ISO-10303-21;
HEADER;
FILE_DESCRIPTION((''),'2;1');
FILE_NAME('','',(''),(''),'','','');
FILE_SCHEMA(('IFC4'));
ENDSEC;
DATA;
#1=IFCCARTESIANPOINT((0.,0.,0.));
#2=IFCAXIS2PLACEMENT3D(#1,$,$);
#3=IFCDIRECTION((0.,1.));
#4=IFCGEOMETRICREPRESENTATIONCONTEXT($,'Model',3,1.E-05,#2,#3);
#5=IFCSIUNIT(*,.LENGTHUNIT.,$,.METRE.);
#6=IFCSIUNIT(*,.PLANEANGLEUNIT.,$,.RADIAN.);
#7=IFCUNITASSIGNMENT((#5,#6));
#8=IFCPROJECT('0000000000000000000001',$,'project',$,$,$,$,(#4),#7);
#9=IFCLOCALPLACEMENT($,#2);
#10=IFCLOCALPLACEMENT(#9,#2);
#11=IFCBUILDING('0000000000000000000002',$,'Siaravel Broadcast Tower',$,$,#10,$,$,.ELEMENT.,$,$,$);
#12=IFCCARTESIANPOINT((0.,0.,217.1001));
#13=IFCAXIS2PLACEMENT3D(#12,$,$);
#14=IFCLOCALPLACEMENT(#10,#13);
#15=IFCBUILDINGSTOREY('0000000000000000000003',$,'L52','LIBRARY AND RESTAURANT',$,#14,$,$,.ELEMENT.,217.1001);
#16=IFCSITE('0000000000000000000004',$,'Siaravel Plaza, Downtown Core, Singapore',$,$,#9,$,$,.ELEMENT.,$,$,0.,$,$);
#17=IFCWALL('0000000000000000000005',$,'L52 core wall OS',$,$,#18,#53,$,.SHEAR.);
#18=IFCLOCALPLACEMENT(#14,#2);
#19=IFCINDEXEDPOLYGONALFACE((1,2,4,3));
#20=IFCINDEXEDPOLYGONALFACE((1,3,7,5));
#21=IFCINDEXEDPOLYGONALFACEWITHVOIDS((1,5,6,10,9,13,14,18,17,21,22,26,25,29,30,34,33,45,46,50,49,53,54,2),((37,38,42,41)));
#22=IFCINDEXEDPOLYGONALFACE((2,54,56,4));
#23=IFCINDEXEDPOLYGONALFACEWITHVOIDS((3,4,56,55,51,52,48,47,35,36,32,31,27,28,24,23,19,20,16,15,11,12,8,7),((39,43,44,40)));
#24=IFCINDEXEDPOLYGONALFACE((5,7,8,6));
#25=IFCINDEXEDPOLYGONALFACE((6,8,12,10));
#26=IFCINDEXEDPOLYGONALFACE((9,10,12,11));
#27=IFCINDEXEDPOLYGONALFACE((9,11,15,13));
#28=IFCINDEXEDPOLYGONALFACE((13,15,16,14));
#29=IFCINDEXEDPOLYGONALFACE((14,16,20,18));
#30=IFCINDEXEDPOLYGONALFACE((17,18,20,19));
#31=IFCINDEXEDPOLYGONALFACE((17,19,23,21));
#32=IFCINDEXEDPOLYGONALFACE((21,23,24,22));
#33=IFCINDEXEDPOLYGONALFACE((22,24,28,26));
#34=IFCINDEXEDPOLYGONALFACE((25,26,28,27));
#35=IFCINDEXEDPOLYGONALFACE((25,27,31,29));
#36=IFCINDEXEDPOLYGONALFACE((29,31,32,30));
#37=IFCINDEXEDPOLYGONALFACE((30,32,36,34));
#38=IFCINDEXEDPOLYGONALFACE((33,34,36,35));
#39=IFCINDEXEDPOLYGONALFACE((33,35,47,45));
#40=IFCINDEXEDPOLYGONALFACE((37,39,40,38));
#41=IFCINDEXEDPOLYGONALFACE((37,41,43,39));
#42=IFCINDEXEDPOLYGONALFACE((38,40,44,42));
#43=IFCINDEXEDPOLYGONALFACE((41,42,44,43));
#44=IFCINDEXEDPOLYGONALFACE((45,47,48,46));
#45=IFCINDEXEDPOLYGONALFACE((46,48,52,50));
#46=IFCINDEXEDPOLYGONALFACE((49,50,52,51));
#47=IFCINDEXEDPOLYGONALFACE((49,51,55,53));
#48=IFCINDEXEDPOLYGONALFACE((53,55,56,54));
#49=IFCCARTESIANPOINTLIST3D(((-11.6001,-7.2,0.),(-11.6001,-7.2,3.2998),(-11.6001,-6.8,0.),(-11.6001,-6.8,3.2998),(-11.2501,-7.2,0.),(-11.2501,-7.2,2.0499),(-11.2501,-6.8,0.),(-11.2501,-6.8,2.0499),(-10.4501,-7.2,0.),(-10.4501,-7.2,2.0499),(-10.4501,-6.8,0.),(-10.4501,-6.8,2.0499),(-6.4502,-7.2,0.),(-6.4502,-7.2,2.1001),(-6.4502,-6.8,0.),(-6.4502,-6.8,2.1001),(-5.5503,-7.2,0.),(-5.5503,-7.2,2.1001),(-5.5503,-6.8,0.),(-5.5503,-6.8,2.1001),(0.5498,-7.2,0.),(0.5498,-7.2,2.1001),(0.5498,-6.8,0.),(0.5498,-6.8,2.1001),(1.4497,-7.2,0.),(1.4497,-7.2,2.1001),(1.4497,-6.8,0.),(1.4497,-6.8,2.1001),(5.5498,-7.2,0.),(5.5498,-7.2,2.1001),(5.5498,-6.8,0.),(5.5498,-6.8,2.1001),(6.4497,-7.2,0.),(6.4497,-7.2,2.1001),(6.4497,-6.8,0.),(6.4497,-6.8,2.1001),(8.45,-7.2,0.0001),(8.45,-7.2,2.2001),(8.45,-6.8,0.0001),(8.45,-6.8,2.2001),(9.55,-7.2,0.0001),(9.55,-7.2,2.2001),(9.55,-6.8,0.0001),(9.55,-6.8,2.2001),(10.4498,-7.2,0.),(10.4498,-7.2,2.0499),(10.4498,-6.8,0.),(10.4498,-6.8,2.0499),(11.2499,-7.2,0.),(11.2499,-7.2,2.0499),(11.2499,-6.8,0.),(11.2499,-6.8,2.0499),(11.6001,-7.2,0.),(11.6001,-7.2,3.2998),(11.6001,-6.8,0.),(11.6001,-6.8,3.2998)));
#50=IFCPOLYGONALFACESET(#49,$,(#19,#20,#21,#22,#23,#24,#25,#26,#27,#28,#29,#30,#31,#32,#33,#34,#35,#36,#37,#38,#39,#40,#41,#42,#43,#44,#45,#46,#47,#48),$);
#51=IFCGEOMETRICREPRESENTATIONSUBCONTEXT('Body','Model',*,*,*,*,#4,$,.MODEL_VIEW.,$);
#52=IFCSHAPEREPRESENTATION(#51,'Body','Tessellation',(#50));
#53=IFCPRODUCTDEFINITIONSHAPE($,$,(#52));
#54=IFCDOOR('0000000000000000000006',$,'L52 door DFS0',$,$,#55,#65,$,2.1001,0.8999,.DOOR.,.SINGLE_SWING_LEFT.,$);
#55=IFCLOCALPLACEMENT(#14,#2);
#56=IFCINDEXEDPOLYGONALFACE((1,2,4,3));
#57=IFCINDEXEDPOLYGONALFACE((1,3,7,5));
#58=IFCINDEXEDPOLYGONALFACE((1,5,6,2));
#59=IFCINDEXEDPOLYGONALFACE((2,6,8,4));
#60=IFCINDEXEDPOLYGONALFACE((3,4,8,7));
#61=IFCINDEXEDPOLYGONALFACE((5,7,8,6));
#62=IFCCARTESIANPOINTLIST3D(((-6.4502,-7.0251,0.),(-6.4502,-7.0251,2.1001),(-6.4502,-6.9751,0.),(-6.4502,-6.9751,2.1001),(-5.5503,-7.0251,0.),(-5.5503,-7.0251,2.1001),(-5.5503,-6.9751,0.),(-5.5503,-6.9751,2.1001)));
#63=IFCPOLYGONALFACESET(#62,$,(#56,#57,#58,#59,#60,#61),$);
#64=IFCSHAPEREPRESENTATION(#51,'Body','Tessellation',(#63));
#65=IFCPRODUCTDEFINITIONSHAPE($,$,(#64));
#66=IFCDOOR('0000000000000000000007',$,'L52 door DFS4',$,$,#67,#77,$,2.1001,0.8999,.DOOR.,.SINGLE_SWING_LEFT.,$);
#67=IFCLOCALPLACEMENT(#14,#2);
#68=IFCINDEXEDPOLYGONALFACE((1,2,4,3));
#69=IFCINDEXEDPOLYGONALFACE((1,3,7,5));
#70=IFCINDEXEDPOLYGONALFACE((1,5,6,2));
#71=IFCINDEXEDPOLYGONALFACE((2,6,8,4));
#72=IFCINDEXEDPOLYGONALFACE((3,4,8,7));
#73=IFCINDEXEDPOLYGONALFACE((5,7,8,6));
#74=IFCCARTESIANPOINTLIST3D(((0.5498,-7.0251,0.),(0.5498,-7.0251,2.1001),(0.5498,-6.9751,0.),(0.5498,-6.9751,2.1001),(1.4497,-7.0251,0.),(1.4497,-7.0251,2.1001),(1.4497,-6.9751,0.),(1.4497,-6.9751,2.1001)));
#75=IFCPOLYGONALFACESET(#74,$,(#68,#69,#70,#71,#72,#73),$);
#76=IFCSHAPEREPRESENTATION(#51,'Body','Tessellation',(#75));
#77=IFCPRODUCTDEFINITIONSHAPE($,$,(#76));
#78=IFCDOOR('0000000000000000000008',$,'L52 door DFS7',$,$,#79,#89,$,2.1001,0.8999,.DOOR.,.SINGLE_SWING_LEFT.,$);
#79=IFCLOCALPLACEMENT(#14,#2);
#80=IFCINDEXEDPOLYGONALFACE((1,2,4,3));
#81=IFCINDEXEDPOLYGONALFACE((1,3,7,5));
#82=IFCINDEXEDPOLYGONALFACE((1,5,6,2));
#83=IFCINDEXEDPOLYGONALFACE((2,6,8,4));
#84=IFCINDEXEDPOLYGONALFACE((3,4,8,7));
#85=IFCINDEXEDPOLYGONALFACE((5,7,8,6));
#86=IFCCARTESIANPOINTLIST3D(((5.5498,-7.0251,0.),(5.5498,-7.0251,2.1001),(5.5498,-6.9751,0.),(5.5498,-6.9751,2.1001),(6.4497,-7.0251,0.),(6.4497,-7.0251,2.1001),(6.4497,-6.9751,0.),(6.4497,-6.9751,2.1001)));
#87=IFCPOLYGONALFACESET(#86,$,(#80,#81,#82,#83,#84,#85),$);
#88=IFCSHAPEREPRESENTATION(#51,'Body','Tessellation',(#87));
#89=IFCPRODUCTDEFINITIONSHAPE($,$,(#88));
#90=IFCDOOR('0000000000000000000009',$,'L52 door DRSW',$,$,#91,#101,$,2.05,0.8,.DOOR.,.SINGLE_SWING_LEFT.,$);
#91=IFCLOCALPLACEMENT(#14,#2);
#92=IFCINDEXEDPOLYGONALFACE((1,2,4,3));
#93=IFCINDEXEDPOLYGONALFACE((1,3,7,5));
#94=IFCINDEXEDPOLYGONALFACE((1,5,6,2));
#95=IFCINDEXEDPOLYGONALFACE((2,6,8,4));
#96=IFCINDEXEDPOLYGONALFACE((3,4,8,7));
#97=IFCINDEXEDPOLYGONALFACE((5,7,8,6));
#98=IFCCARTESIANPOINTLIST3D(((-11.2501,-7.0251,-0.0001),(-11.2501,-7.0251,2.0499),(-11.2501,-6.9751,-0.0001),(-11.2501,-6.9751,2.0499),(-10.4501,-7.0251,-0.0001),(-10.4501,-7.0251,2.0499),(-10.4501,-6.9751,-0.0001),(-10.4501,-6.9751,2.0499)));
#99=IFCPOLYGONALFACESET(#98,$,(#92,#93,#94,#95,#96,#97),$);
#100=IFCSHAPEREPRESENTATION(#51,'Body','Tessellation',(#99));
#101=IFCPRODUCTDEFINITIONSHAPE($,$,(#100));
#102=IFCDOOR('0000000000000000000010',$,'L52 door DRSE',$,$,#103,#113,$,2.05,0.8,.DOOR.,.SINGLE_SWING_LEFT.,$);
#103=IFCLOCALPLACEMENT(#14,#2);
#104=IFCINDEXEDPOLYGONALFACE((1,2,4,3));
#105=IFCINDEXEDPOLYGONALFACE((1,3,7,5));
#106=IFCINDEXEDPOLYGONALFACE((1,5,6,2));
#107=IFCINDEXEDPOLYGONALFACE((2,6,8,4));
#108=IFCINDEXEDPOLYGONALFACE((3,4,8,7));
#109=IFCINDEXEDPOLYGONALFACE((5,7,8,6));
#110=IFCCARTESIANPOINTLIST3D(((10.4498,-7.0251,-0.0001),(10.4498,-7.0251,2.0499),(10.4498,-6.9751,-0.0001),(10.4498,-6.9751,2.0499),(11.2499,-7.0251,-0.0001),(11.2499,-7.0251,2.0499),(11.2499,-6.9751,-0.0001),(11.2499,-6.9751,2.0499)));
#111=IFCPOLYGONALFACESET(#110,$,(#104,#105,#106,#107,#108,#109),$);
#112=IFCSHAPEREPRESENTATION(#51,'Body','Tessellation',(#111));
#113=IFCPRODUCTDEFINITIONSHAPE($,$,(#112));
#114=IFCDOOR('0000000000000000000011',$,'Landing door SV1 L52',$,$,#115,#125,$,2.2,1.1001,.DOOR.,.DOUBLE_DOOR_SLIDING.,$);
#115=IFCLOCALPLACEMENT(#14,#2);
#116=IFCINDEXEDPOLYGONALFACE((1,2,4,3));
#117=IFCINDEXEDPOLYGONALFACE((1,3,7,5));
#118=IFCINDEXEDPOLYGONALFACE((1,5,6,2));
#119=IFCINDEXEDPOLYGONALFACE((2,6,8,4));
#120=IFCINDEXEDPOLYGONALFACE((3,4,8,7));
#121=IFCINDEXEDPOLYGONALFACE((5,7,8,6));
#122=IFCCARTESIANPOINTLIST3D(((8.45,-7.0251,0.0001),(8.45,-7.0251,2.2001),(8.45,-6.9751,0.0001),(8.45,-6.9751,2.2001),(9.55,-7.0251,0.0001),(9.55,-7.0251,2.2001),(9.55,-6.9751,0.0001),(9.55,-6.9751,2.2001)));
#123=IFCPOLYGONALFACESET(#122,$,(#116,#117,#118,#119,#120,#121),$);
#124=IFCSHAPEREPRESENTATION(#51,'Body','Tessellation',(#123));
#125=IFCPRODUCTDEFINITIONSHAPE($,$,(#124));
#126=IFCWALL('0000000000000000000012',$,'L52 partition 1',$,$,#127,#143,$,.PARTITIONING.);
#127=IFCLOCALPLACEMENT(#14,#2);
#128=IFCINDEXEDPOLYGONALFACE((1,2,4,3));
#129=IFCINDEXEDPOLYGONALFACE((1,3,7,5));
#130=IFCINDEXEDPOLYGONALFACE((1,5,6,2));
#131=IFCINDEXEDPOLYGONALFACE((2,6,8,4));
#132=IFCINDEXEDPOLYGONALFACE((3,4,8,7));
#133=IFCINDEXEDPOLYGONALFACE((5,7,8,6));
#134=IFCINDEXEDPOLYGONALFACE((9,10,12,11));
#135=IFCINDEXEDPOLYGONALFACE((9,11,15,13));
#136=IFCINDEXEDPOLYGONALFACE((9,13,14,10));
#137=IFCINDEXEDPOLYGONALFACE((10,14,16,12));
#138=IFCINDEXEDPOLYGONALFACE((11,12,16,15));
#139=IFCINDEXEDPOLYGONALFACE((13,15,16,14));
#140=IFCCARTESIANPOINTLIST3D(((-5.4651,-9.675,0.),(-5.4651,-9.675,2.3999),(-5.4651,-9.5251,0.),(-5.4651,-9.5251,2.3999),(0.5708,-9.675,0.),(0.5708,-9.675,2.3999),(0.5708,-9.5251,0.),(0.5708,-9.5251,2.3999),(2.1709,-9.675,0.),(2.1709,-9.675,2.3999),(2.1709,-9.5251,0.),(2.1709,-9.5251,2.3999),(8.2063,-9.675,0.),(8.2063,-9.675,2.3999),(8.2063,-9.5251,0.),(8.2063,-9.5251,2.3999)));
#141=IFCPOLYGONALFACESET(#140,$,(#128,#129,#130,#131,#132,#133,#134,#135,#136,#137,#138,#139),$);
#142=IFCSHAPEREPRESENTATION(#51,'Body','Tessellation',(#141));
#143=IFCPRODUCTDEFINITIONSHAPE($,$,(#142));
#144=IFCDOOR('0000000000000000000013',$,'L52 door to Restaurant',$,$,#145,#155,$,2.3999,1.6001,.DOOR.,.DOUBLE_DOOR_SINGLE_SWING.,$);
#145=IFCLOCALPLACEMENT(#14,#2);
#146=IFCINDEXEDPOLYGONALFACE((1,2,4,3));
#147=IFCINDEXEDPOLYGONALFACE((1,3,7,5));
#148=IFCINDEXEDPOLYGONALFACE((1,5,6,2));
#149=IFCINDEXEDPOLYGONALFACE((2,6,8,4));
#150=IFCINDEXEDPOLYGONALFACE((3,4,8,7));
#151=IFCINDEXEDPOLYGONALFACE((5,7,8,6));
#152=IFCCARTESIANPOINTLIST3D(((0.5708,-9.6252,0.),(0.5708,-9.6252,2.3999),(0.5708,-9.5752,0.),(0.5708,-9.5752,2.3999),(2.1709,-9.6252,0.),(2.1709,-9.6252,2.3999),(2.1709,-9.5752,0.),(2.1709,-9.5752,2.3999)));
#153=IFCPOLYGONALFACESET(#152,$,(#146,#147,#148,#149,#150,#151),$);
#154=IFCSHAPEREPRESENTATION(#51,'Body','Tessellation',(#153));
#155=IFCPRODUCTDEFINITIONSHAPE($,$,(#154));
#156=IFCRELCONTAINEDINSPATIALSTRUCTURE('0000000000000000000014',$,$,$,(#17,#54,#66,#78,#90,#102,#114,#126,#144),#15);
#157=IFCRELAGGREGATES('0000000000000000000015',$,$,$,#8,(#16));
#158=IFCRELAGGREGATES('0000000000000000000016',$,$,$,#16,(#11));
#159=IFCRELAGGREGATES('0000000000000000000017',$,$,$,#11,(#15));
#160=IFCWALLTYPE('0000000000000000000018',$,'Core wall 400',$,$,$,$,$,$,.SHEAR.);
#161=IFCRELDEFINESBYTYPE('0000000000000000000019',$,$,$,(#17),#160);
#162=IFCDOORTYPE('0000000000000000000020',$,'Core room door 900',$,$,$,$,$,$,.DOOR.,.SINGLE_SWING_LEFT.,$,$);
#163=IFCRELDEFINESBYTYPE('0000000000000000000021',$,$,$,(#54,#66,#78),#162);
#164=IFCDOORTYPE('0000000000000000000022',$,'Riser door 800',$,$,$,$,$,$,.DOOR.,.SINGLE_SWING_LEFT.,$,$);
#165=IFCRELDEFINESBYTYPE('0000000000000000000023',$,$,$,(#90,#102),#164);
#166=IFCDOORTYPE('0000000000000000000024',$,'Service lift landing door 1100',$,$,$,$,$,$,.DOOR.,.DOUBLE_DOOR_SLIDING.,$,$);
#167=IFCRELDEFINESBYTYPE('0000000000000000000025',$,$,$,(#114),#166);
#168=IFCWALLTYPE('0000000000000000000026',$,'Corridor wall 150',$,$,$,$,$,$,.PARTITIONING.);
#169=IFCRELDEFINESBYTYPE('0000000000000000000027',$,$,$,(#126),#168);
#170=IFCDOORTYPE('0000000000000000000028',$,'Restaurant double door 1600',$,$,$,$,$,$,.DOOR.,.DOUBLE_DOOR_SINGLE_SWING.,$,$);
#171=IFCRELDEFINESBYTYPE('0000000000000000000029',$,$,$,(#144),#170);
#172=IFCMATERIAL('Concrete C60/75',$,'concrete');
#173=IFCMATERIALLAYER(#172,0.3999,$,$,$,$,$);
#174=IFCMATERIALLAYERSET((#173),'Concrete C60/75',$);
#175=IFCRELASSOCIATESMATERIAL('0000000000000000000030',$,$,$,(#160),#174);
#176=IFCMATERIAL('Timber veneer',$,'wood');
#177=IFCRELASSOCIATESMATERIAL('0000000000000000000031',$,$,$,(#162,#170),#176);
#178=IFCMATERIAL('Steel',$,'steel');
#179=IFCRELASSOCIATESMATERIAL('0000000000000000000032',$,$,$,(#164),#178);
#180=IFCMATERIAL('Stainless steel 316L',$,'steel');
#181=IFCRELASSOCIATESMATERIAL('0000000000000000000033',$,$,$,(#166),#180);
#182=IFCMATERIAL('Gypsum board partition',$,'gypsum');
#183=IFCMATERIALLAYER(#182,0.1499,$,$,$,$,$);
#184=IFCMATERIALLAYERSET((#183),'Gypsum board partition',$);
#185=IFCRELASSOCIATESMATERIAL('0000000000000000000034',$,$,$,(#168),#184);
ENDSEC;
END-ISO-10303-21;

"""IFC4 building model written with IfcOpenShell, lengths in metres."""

from ifc_helpers import new_model, si_unit, direction, frame, frame_2d, origin, place, context, subcontext, project, spatial, rectangle, extrude, material, layer, layer_set, type_object, element, fill, save


model = new_model("IFC4")

# Units and contexts
model_context = context("Model", 3, precision=1e-05, world=origin(), true_north=direction((0.0, 1.0)))
body_context = subcontext(model_context, "Body", "Model", "MODEL_VIEW")
ifc_project = project(units=[si_unit("LENGTHUNIT", "METRE"), si_unit("PLANEANGLEUNIT", "RADIAN")], contexts=[model_context])

# Site, building, storey
site_placement = place(None, origin())
site = spatial("IfcSite", under=ifc_project, at=site_placement, Name="Siaravel Plaza, Downtown Core, Singapore", CompositionType="ELEMENT", RefElevation=0.0)
building_placement = place(site_placement, origin())
building = spatial("IfcBuilding", under=site, at=building_placement, Name="Siaravel Broadcast Tower", CompositionType="ELEMENT")
storey_placement = place(building_placement, frame((0.0, 0.0, 217.1001)))
storey = spatial("IfcBuildingStorey", under=building, at=storey_placement, Name="L52", Description="LIBRARY AND RESTAURANT", CompositionType="ELEMENT", Elevation=217.1001)

# Shared definitions
ifc_material_1 = material(Name="Concrete C60/75", Category="concrete")
ifc_layer_1 = layer(ifc_material_1, 0.3999)
ifc_layer_set_1 = layer_set([ifc_layer_1], Name="Concrete C60/75")
wall_type_1 = type_object("IfcWallType", Name="Core wall 400", PredefinedType="SHEAR", material=ifc_layer_set_1)
ifc_material_2 = material(Name="Steel", Category="steel")

# Wall, openings, doors
wall_1_placement = place(storey_placement, frame((-11.6001, -7.0, 0.0), z_axis=(0.0, 0.0, 1.0), x_axis=(1.0, 0.0, 0.0)))
wall_1 = element("IfcWall", 1, at=wall_1_placement, inside=storey, type_object=wall_type_1, Name="L52 core wall OS", PredefinedType="SHEAR", context=body_context, shape_type="SweptSolid", body=[
    extrude(rectangle(XDim=23.2002, YDim=0.3999, at=frame_2d((11.6001, 0.0))), origin(), (0.0, 0.0, 1.0), 3.2998),
])
opening_1_placement = place(wall_1_placement, frame((20.05, 0.0, 0.0)))
opening_1 = element("IfcOpeningElement", 2, at=opening_1_placement, cuts=wall_1, PredefinedType="OPENING", context=body_context, shape_type="SweptSolid", body=[
    extrude(rectangle(XDim=1.1001, YDim=2.2, at=frame_2d((0.55, 1.1001))), frame((0.0, 0.21, 0.0), z_axis=(0.0, -1.0, 0.0), x_axis=(1.0, 0.0, 0.0)), (0.0, 0.0, 1.0), 0.4199),
])
opening_2_placement = place(wall_1_placement, frame((5.1499, 0.0, 0.0)))
opening_2 = element("IfcOpeningElement", 3, at=opening_2_placement, cuts=wall_1, PredefinedType="OPENING", context=body_context, shape_type="SweptSolid", body=[
    extrude(rectangle(XDim=0.8999, YDim=2.1001, at=frame_2d((0.45, 1.05))), frame((0.0, 0.21, 0.0), z_axis=(0.0, -1.0, 0.0), x_axis=(1.0, 0.0, 0.0)), (0.0, 0.0, 1.0), 0.4199),
])
opening_3_placement = place(wall_1_placement, frame((12.1499, 0.0, 0.0)))
opening_3 = element("IfcOpeningElement", 4, at=opening_3_placement, cuts=wall_1, PredefinedType="OPENING", context=body_context, shape_type="SweptSolid", body=[
    extrude(rectangle(XDim=0.8999, YDim=2.1001, at=frame_2d((0.45, 1.05))), frame((0.0, 0.21, 0.0), z_axis=(0.0, -1.0, 0.0), x_axis=(1.0, 0.0, 0.0)), (0.0, 0.0, 1.0), 0.4199),
])
opening_4_placement = place(wall_1_placement, frame((17.1499, 0.0, 0.0)))
opening_4 = element("IfcOpeningElement", 5, at=opening_4_placement, cuts=wall_1, PredefinedType="OPENING", context=body_context, shape_type="SweptSolid", body=[
    extrude(rectangle(XDim=0.8999, YDim=2.1001, at=frame_2d((0.45, 1.05))), frame((0.0, 0.21, 0.0), z_axis=(0.0, -1.0, 0.0), x_axis=(1.0, 0.0, 0.0)), (0.0, 0.0, 1.0), 0.4199),
])
opening_5_placement = place(wall_1_placement, frame((0.3501, 0.0, 0.0)))
opening_5 = element("IfcOpeningElement", 6, at=opening_5_placement, cuts=wall_1, PredefinedType="OPENING", context=body_context, shape_type="SweptSolid", body=[
    extrude(rectangle(XDim=0.8, YDim=2.05, at=frame_2d((0.3999, 1.0249))), frame((0.0, 0.21, 0.0), z_axis=(0.0, -1.0, 0.0), x_axis=(1.0, 0.0, 0.0)), (0.0, 0.0, 1.0), 0.4199),
])
opening_6_placement = place(wall_1_placement, frame((22.05, 0.0, 0.0)))
opening_6 = element("IfcOpeningElement", 7, at=opening_6_placement, cuts=wall_1, PredefinedType="OPENING", context=body_context, shape_type="SweptSolid", body=[
    extrude(rectangle(XDim=0.8, YDim=2.05, at=frame_2d((0.3999, 1.0249))), frame((0.0, 0.21, 0.0), z_axis=(0.0, -1.0, 0.0), x_axis=(1.0, 0.0, 0.0)), (0.0, 0.0, 1.0), 0.4199),
])
ifc_material_3 = material(Name="Timber veneer", Category="wood")
door_type_1 = type_object("IfcDoorType", Name="Core room door 900", OperationType="SINGLE_SWING_LEFT", PredefinedType="DOOR", material=ifc_material_3)
door_1_placement = place(opening_2_placement, origin())
door_1 = element("IfcDoor", 8, at=door_1_placement, inside=storey, type_object=door_type_1, Name="L52 door DFS0", OperationType="SINGLE_SWING_LEFT", OverallHeight=2.1001, OverallWidth=0.8999, PredefinedType="DOOR", context=body_context, shape_type="SweptSolid", body=[
    extrude(rectangle(XDim=0.8999, YDim=2.1001, at=frame_2d((0.45, 1.05))), frame((0.0, 0.0249, 0.0), z_axis=(0.0, -1.0, 0.0), x_axis=(1.0, 0.0, 0.0)), (0.0, 0.0, 1.0), 0.05),
])
fill(opening_2, door_1)
door_2_placement = place(opening_3_placement, origin())
door_2 = element("IfcDoor", 9, at=door_2_placement, inside=storey, type_object=door_type_1, Name="L52 door DFS4", OperationType="SINGLE_SWING_LEFT", OverallHeight=2.1001, OverallWidth=0.8999, PredefinedType="DOOR", context=body_context, shape_type="SweptSolid", body=[
    extrude(rectangle(XDim=0.8999, YDim=2.1001, at=frame_2d((0.45, 1.05))), frame((0.0, 0.0249, 0.0), z_axis=(0.0, -1.0, 0.0), x_axis=(1.0, 0.0, 0.0)), (0.0, 0.0, 1.0), 0.05),
])
fill(opening_3, door_2)
door_3_placement = place(opening_4_placement, origin())
door_3 = element("IfcDoor", 10, at=door_3_placement, inside=storey, type_object=door_type_1, Name="L52 door DFS7", OperationType="SINGLE_SWING_LEFT", OverallHeight=2.1001, OverallWidth=0.8999, PredefinedType="DOOR", context=body_context, shape_type="SweptSolid", body=[
    extrude(rectangle(XDim=0.8999, YDim=2.1001, at=frame_2d((0.45, 1.05))), frame((0.0, 0.0249, 0.0), z_axis=(0.0, -1.0, 0.0), x_axis=(1.0, 0.0, 0.0)), (0.0, 0.0, 1.0), 0.05),
])
fill(opening_4, door_3)
door_type_2 = type_object("IfcDoorType", Name="Riser door 800", OperationType="SINGLE_SWING_LEFT", PredefinedType="DOOR", material=ifc_material_2)
door_4_placement = place(opening_5_placement, origin())
door_4 = element("IfcDoor", 11, at=door_4_placement, inside=storey, type_object=door_type_2, Name="L52 door DRSW", OperationType="SINGLE_SWING_LEFT", OverallHeight=2.05, OverallWidth=0.8, PredefinedType="DOOR", context=body_context, shape_type="SweptSolid", body=[
    extrude(rectangle(XDim=0.8, YDim=2.05, at=frame_2d((0.3999, 1.0249))), frame((0.0, 0.0249, 0.0), z_axis=(0.0, -1.0, 0.0), x_axis=(1.0, 0.0, 0.0)), (0.0, 0.0, 1.0), 0.05),
])
fill(opening_5, door_4)
door_5_placement = place(opening_6_placement, origin())
door_5 = element("IfcDoor", 12, at=door_5_placement, inside=storey, type_object=door_type_2, Name="L52 door DRSE", OperationType="SINGLE_SWING_LEFT", OverallHeight=2.05, OverallWidth=0.8, PredefinedType="DOOR", context=body_context, shape_type="SweptSolid", body=[
    extrude(rectangle(XDim=0.8, YDim=2.05, at=frame_2d((0.3999, 1.0249))), frame((0.0, 0.0249, 0.0), z_axis=(0.0, -1.0, 0.0), x_axis=(1.0, 0.0, 0.0)), (0.0, 0.0, 1.0), 0.05),
])
fill(opening_6, door_5)
ifc_material_4 = material(Name="Stainless steel 316L", Category="steel")
door_type_3 = type_object("IfcDoorType", Name="Service lift landing door 1100", OperationType="DOUBLE_DOOR_SLIDING", PredefinedType="DOOR", material=ifc_material_4)
door_6_placement = place(opening_1_placement, origin())
door_6 = element("IfcDoor", 13, at=door_6_placement, inside=storey, type_object=door_type_3, Name="Landing door SV1 L52", OperationType="DOUBLE_DOOR_SLIDING", OverallHeight=2.2, OverallWidth=1.1001, PredefinedType="DOOR", context=body_context, shape_type="SweptSolid", body=[
    extrude(rectangle(XDim=1.1001, YDim=2.2, at=frame_2d((0.55, 1.1001))), frame((0.0, 0.0249, 0.0), z_axis=(0.0, -1.0, 0.0), x_axis=(1.0, 0.0, 0.0)), (0.0, 0.0, 1.0), 0.05),
])
fill(opening_1, door_6)

# Wall, opening, door
ifc_material_5 = material(Name="Gypsum board partition", Category="gypsum")
ifc_layer_2 = layer(ifc_material_5, 0.1499)
ifc_layer_set_2 = layer_set([ifc_layer_2], Name="Gypsum board partition")
wall_type_2 = type_object("IfcWallType", Name="Corridor wall 150", PredefinedType="PARTITIONING", material=ifc_layer_set_2)
wall_2_placement = place(storey_placement, frame((-5.4651, -9.6001, 0.0), z_axis=(0.0, 0.0, 1.0), x_axis=(1.0, 0.0, 0.0)))
wall_2 = element("IfcWall", 14, at=wall_2_placement, inside=storey, type_object=wall_type_2, Name="L52 partition 1", PredefinedType="PARTITIONING", context=body_context, shape_type="SweptSolid", body=[
    extrude(rectangle(XDim=13.6714, YDim=0.1499, at=frame_2d((6.8357, 0.0))), origin(), (0.0, 0.0, 1.0), 2.3999),
])
opening_7_placement = place(wall_2_placement, frame((6.0359, 0.0, 0.0)))
opening_7 = element("IfcOpeningElement", 15, at=opening_7_placement, cuts=wall_2, PredefinedType="OPENING", context=body_context, shape_type="SweptSolid", body=[
    extrude(rectangle(XDim=1.6001, YDim=2.3999, at=frame_2d((0.8, 1.2))), frame((0.0, 0.085, 0.0), z_axis=(0.0, -1.0, 0.0), x_axis=(1.0, 0.0, 0.0)), (0.0, 0.0, 1.0), 0.1699),
])
door_type_4 = type_object("IfcDoorType", Name="Restaurant double door 1600", OperationType="DOUBLE_DOOR_SINGLE_SWING", PredefinedType="DOOR", material=ifc_material_3)
door_7_placement = place(opening_7_placement, origin())
door_7 = element("IfcDoor", 16, at=door_7_placement, inside=storey, type_object=door_type_4, Name="L52 door to Restaurant", OperationType="DOUBLE_DOOR_SINGLE_SWING", OverallHeight=2.3999, OverallWidth=1.6001, PredefinedType="DOOR", context=body_context, shape_type="SweptSolid", body=[
    extrude(rectangle(XDim=1.6001, YDim=2.3999, at=frame_2d((0.8, 1.2))), frame((0.0, 0.0249, 0.0), z_axis=(0.0, -1.0, 0.0), x_axis=(1.0, 0.0, 0.0)), (0.0, 0.0, 1.0), 0.05),
])
fill(opening_7, door_7)

save(model, "model.ifc")
